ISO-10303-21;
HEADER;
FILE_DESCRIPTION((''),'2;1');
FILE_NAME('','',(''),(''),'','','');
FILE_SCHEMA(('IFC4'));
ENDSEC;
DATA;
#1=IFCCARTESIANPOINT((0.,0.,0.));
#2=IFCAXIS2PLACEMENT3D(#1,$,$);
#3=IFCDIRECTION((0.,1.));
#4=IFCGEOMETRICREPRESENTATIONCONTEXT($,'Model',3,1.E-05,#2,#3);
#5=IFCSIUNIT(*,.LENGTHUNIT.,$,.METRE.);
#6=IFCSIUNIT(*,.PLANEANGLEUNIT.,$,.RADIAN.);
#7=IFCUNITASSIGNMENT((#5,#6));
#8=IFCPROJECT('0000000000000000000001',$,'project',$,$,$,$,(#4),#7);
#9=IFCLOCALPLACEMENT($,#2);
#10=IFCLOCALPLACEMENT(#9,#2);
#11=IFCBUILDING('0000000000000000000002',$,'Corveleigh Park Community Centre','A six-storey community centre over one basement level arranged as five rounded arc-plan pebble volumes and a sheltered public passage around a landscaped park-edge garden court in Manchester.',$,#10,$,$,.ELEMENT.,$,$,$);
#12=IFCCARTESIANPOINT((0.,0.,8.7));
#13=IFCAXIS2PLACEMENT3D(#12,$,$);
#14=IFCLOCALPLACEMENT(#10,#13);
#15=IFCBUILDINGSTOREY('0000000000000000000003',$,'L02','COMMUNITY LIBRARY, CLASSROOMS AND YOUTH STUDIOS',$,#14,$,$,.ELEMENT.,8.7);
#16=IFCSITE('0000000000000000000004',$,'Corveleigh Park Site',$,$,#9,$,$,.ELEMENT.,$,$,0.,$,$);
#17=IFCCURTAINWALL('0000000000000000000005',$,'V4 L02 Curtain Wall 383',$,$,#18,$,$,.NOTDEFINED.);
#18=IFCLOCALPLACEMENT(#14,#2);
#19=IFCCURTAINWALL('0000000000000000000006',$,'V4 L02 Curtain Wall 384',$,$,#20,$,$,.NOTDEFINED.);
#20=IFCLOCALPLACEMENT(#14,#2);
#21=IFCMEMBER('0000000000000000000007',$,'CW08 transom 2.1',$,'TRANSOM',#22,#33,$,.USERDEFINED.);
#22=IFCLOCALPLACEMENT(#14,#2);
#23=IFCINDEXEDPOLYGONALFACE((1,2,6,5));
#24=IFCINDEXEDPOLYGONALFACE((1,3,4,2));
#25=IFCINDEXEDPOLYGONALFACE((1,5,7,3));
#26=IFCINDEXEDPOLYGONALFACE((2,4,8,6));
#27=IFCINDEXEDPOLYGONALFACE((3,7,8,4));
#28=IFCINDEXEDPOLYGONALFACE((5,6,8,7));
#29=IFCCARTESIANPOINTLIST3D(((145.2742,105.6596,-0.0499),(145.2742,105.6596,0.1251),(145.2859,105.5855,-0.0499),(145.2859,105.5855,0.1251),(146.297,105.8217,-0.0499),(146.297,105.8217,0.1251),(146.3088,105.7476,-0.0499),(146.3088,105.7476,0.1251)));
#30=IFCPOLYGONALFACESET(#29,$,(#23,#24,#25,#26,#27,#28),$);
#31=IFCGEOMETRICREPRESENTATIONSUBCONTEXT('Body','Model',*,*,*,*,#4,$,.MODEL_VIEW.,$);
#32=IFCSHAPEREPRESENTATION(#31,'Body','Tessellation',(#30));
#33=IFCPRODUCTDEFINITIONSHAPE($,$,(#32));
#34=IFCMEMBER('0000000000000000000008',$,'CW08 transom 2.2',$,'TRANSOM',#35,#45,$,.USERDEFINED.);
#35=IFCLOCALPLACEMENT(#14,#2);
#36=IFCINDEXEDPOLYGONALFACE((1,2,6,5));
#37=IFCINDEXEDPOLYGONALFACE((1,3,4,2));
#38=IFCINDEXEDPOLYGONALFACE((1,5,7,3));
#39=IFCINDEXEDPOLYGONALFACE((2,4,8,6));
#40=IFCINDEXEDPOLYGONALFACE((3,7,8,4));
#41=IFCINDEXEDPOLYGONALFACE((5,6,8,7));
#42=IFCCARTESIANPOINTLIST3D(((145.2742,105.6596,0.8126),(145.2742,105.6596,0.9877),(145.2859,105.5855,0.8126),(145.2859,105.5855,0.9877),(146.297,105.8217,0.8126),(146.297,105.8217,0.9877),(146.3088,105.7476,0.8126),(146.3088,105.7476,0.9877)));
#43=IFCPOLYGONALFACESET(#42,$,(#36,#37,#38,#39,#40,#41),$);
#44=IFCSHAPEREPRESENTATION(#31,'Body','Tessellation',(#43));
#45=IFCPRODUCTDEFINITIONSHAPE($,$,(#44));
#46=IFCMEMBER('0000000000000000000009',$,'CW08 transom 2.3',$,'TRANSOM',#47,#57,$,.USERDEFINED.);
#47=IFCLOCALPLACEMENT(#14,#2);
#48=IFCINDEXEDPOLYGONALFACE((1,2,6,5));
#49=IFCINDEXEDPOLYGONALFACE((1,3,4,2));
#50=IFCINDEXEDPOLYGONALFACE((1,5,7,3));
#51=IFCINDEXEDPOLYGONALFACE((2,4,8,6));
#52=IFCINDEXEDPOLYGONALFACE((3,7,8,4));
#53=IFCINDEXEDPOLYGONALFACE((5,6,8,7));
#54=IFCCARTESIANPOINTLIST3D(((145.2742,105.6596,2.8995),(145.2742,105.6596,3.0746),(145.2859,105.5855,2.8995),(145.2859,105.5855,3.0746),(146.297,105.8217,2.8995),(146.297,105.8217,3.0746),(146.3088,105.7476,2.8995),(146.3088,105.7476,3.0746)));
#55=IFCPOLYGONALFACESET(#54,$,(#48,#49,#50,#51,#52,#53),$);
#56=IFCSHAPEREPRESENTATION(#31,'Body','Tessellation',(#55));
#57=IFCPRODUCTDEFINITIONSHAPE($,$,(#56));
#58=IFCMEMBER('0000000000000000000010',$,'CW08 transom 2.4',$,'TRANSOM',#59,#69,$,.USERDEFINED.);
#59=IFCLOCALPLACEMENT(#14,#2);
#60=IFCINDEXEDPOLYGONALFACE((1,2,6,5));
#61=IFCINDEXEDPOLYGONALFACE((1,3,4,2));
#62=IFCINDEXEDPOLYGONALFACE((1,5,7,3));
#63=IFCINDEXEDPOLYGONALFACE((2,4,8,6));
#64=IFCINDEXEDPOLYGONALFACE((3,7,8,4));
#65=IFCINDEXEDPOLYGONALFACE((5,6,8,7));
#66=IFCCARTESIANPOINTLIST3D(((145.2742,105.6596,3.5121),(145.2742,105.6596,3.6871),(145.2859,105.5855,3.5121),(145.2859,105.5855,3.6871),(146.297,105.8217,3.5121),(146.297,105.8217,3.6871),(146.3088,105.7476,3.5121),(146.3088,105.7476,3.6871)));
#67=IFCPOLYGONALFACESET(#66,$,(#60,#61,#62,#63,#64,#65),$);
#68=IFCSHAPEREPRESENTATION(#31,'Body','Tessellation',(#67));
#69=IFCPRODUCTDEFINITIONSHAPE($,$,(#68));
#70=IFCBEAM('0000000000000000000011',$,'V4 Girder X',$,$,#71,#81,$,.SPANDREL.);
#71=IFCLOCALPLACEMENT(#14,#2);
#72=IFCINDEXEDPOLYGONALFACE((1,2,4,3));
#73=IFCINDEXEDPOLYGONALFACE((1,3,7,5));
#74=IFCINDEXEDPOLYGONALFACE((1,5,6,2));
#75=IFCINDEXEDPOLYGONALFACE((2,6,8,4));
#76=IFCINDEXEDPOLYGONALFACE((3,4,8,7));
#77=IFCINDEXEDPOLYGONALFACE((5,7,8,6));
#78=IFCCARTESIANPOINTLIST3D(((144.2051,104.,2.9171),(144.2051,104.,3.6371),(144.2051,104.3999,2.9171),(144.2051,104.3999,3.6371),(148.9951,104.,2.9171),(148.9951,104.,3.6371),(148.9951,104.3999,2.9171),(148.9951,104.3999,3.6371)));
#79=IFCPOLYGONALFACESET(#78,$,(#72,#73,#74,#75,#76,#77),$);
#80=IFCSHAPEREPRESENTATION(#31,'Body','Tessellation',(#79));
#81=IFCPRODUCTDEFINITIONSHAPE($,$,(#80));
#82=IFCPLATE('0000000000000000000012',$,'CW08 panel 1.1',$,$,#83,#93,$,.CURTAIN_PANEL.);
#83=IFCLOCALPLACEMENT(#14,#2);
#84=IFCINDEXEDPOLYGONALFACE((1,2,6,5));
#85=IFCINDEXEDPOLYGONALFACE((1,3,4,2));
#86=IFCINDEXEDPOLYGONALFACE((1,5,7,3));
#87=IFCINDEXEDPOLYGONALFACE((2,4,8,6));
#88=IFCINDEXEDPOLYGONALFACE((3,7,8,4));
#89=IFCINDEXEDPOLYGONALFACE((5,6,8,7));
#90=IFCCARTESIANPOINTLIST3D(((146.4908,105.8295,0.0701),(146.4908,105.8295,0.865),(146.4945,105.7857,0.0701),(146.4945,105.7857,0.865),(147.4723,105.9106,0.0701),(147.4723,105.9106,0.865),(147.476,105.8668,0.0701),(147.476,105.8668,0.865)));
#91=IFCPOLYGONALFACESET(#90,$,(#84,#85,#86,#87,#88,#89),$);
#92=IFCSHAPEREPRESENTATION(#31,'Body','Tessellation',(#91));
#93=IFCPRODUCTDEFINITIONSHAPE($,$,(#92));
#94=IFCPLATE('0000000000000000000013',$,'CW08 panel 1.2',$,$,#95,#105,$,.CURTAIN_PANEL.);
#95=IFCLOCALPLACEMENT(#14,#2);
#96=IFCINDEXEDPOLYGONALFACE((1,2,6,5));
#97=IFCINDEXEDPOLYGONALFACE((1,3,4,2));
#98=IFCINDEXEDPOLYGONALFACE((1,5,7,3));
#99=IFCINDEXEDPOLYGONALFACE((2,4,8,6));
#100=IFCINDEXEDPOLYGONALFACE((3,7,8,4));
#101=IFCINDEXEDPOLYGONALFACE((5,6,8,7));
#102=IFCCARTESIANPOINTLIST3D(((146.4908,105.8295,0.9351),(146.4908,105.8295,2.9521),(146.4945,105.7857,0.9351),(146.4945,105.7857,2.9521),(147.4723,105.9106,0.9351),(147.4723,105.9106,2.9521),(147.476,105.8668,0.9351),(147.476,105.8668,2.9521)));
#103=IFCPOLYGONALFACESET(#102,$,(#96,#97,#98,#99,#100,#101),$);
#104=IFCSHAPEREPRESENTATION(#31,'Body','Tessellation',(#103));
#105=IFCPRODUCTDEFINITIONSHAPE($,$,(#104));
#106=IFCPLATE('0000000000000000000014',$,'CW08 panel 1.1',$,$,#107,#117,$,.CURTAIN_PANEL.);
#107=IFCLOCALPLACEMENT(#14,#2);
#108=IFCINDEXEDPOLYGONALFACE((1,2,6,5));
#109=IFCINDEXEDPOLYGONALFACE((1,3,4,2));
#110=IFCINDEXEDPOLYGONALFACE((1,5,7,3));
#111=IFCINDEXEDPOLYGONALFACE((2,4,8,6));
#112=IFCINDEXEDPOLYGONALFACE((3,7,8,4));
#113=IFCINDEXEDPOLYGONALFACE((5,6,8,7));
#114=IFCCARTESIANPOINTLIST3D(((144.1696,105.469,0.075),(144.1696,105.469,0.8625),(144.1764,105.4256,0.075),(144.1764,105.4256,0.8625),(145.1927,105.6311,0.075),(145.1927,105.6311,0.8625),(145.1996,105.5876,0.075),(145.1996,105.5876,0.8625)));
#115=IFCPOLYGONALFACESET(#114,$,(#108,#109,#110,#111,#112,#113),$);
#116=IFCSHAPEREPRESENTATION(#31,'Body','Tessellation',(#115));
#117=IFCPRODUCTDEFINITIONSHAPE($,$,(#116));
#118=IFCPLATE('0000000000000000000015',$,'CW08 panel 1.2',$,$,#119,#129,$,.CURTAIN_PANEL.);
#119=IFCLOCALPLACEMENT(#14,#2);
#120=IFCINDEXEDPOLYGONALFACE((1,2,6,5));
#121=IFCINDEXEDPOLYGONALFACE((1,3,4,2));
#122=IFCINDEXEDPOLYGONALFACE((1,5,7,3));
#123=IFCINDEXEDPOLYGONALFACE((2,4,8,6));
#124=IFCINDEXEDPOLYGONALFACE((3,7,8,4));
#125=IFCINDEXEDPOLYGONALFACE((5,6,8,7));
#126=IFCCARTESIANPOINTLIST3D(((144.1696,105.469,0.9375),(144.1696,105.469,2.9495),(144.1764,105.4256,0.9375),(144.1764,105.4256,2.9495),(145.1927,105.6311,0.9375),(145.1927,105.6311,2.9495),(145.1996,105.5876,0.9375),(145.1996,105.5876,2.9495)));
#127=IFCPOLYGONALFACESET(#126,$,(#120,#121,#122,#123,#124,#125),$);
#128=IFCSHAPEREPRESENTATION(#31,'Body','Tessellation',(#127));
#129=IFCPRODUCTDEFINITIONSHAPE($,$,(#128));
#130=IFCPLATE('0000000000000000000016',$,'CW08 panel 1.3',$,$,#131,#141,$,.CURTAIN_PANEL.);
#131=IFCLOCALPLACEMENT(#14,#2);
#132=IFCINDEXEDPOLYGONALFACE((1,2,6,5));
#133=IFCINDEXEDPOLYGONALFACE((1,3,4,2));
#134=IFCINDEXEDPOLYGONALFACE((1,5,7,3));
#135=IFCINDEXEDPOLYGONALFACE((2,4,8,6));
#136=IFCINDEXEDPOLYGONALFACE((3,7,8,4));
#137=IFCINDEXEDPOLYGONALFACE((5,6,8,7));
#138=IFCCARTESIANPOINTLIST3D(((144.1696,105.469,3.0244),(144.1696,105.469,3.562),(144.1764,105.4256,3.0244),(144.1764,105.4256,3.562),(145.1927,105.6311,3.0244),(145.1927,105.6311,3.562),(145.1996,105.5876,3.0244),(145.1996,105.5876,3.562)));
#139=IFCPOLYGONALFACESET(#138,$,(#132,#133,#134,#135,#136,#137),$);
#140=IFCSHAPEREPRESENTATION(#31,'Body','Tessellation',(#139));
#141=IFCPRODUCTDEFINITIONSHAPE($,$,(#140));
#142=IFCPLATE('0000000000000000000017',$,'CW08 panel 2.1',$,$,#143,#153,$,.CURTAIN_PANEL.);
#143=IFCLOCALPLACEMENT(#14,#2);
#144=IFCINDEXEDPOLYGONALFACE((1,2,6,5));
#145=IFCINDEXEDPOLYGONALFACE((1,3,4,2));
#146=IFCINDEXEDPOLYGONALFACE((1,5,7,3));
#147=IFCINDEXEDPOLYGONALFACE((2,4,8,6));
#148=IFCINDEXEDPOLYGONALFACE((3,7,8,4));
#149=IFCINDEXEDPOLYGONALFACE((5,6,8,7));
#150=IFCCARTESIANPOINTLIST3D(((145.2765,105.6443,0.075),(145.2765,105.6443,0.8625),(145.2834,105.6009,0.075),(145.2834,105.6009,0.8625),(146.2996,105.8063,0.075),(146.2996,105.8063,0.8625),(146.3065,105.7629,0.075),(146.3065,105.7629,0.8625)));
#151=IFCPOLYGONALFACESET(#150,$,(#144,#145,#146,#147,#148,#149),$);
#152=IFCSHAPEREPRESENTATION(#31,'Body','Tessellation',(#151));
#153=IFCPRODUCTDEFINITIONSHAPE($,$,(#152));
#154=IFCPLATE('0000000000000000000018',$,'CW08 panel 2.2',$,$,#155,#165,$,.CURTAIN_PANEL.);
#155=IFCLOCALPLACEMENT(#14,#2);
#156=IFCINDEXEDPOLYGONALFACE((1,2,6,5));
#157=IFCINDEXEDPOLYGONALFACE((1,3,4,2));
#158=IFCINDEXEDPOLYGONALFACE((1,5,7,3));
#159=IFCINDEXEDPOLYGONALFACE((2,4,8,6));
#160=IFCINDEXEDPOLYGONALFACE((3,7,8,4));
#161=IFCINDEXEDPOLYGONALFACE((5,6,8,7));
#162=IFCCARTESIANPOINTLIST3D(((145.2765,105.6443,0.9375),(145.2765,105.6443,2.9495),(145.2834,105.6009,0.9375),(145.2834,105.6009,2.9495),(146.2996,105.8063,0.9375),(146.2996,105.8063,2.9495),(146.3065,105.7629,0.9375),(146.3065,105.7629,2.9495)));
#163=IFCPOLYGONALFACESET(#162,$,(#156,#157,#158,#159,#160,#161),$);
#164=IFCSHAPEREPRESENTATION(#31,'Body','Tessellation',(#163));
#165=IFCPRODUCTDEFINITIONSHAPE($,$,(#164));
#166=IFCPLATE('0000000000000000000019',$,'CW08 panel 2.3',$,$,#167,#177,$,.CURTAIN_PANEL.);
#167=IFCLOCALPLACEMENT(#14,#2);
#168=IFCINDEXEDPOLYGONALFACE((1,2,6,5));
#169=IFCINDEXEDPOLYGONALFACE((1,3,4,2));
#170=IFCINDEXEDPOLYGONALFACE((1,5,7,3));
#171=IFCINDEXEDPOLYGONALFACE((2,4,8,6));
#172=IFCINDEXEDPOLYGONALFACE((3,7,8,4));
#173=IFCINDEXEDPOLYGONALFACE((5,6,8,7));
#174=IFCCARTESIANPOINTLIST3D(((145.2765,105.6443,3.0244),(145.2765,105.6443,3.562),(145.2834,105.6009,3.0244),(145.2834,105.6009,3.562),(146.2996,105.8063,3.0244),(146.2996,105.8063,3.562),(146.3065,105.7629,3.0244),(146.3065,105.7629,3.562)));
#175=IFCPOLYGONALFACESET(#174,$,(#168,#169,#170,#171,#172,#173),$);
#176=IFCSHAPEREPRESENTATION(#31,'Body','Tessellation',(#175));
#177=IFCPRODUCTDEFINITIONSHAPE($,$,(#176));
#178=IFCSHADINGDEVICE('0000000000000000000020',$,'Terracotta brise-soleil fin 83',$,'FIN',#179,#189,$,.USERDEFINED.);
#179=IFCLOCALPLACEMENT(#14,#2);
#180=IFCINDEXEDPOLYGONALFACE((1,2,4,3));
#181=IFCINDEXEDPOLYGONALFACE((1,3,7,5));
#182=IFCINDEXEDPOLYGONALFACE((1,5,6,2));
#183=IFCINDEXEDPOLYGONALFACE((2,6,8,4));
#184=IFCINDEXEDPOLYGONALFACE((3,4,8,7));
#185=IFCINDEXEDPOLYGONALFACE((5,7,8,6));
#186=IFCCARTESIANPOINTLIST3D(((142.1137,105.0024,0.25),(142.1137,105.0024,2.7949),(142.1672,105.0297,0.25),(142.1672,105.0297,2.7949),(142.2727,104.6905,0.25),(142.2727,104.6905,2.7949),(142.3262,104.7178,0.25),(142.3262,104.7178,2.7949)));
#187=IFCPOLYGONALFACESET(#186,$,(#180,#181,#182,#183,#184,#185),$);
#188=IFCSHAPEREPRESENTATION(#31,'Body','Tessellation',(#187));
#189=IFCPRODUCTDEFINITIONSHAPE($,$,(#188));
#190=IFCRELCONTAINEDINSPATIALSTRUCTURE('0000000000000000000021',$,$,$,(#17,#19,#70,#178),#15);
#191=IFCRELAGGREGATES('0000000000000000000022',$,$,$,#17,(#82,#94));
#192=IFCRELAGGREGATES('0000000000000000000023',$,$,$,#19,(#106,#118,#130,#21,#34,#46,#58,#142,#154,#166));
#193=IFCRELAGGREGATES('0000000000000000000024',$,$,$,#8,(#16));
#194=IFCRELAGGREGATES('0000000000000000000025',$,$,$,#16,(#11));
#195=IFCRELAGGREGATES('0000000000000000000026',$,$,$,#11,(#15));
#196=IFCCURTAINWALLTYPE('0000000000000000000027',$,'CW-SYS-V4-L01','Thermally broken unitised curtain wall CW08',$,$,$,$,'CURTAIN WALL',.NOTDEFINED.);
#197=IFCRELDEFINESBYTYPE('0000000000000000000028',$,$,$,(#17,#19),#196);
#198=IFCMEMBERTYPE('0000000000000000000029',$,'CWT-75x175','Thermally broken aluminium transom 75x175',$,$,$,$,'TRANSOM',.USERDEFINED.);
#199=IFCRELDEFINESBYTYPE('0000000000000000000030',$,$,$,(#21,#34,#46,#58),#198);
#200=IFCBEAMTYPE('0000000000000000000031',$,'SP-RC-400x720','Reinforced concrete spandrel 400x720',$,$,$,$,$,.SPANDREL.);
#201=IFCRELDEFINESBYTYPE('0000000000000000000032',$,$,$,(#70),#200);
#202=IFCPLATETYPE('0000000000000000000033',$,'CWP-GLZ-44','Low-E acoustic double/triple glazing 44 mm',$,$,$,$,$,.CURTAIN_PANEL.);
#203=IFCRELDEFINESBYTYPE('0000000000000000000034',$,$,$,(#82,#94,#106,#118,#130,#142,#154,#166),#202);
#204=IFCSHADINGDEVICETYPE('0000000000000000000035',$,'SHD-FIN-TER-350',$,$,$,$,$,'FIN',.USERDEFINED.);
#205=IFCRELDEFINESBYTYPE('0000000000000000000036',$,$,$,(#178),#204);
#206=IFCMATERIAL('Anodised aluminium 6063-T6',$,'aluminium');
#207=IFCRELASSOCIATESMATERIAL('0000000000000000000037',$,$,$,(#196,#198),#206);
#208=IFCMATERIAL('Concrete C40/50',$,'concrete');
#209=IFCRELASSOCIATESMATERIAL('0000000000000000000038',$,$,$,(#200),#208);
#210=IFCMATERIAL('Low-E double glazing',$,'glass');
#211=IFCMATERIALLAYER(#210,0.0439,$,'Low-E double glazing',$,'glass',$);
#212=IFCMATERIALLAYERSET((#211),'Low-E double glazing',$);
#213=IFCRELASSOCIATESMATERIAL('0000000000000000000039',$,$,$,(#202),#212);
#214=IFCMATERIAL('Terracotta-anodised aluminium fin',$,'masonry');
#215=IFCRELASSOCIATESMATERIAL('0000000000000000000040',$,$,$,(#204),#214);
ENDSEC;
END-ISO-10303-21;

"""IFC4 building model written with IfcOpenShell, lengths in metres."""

from ifc_helpers import new_model, si_unit, direction, frame, origin, origin_2d, place, context, subcontext, project, spatial, rectangle, extrude, material, layer, layer_set, material_profile, profile_set, type_object, element, aggregate, save


model = new_model("IFC4")

# Units and contexts
model_context = context("Model", 3, precision=1e-05, world=origin(), true_north=direction((0.0, 1.0)))
body_context = subcontext(model_context, "Body", "Model", "MODEL_VIEW")
ifc_project = project(units=[si_unit("LENGTHUNIT", "METRE"), si_unit("PLANEANGLEUNIT", "RADIAN")], contexts=[model_context])

# Site, building, storey
site_placement = place(None, origin())
site = spatial("IfcSite", under=ifc_project, at=site_placement, Name="Corveleigh Park Site", CompositionType="ELEMENT", RefElevation=0.0)
building_placement = place(site_placement, origin())
building = spatial("IfcBuilding", under=site, at=building_placement, Name="Corveleigh Park Community Centre", Description="A six-storey community centre over one basement level arranged as five rounded arc-plan pebble volumes and a sheltered public passage around a landscaped park-edge garden court in Manchester.", CompositionType="ELEMENT")
storey_placement = place(building_placement, frame((0.0, 0.0, 8.7)))
storey = spatial("IfcBuildingStorey", under=building, at=storey_placement, Name="L02", Description="COMMUNITY LIBRARY, CLASSROOMS AND YOUTH STUDIOS", CompositionType="ELEMENT", Elevation=8.7)

# Curtain wall
ifc_material_1 = material(Name="Anodised aluminium 6063-T6", Category="aluminium")
curtain_wall_type = type_object("IfcCurtainWallType", Name="CW-SYS-V4-L01", Description="Thermally broken unitised curtain wall CW08", ElementType="CURTAIN WALL", PredefinedType="NOTDEFINED", material=ifc_material_1)
curtain_wall_1_placement = place(storey_placement, origin())
curtain_wall_1 = element("IfcCurtainWall", 1, at=curtain_wall_1_placement, inside=storey, type_object=curtain_wall_type, Name="V4 L02 Curtain Wall 383", PredefinedType="NOTDEFINED")

# Curtain wall
curtain_wall_2_placement = place(storey_placement, origin())
curtain_wall_2 = element("IfcCurtainWall", 2, at=curtain_wall_2_placement, inside=storey, type_object=curtain_wall_type, Name="V4 L02 Curtain Wall 384", PredefinedType="NOTDEFINED")

# Members
ifc_material_profile_1 = material_profile(ifc_material_1, rectangle(XDim=0.075, YDim=0.175, at=origin_2d()), Name="ALU-T75x175", Category="aluminium")
ifc_profile_set_1 = profile_set([ifc_material_profile_1], Name="Anodised aluminium 6063-T6")
member_type_1 = type_object("IfcMemberType", Name="CWT-75x175", Description="Thermally broken aluminium transom 75x175", ElementType="TRANSOM", PredefinedType="USERDEFINED", material=ifc_profile_set_1)
member_1_placement = place(storey_placement, frame((145.28, 105.6226, 0.0376), z_axis=(0.987675, 0.156519, 0.0), x_axis=(-0.156519, 0.987675, 0.0)))
member_1 = element("IfcMember", 3, at=member_1_placement, type_object=member_type_1, Name="CW08 transom 2.1", ObjectType="TRANSOM", PredefinedType="USERDEFINED", context=body_context, shape_type="SweptSolid", body=[
    extrude(rectangle(XDim=0.075, YDim=0.175, at=origin_2d()), origin(), (0.0, 0.0, 1.0), 1.0356),
])
member_2_placement = place(storey_placement, frame((145.28, 105.6226, 0.9001), z_axis=(0.987675, 0.156519, 0.0), x_axis=(-0.156519, 0.987675, 0.0)))
member_2 = element("IfcMember", 4, at=member_2_placement, type_object=member_type_1, Name="CW08 transom 2.2", ObjectType="TRANSOM", PredefinedType="USERDEFINED", context=body_context, shape_type="SweptSolid", body=[
    extrude(rectangle(XDim=0.075, YDim=0.175, at=origin_2d()), origin(), (0.0, 0.0, 1.0), 1.0356),
])
member_3_placement = place(storey_placement, frame((145.28, 105.6226, 2.9871), z_axis=(0.987675, 0.156519, 0.0), x_axis=(-0.156519, 0.987675, 0.0)))
member_3 = element("IfcMember", 5, at=member_3_placement, type_object=member_type_1, Name="CW08 transom 2.3", ObjectType="TRANSOM", PredefinedType="USERDEFINED", context=body_context, shape_type="SweptSolid", body=[
    extrude(rectangle(XDim=0.075, YDim=0.175, at=origin_2d()), origin(), (0.0, 0.0, 1.0), 1.0356),
])
member_4_placement = place(storey_placement, frame((145.28, 105.6226, 3.5996), z_axis=(0.987675, 0.156519, 0.0), x_axis=(-0.156519, 0.987675, 0.0)))
member_4 = element("IfcMember", 6, at=member_4_placement, type_object=member_type_1, Name="CW08 transom 2.4", ObjectType="TRANSOM", PredefinedType="USERDEFINED", context=body_context, shape_type="SweptSolid", body=[
    extrude(rectangle(XDim=0.075, YDim=0.175, at=origin_2d()), origin(), (0.0, 0.0, 1.0), 1.0356),
])

# Beam
ifc_material_2 = material(Name="Concrete C40/50", Category="concrete")
ifc_material_profile_2 = material_profile(ifc_material_2, rectangle(XDim=0.3999, YDim=0.72, at=origin_2d()), Name="RC-400x720", Category="concrete")
ifc_profile_set_2 = profile_set([ifc_material_profile_2], Name="Concrete C40/50")
beam_type = type_object("IfcBeamType", Name="SP-RC-400x720", Description="Reinforced concrete spandrel 400x720", PredefinedType="SPANDREL", material=ifc_profile_set_2)
beam_placement = place(storey_placement, frame((144.2051, 104.2, 3.2771), z_axis=(1.0, 0.0, 0.0), x_axis=(0.0, 1.0, 0.0)))
element("IfcBeam", 7, at=beam_placement, inside=storey, type_object=beam_type, Name="V4 Girder X", PredefinedType="SPANDREL", context=body_context, shape_type="SweptSolid", body=[
    extrude(rectangle(XDim=0.3999, YDim=0.72, at=origin_2d()), origin(), (0.0, 0.0, 1.0), 4.79),
])

# Plates
ifc_material_3 = material(Name="Low-E double glazing", Category="glass")
ifc_layer = layer(ifc_material_3, 0.0439, Name="Low-E double glazing", Category="glass")
ifc_layer_set = layer_set([ifc_layer], Name="Low-E double glazing")
plate_type = type_object("IfcPlateType", Name="CWP-GLZ-44", Description="Low-E acoustic double/triple glazing 44 mm", PredefinedType="CURTAIN_PANEL", material=ifc_layer_set)
plate_1_placement = place(storey_placement, frame((146.9834, 105.8481, 0.0701), z_axis=(0.0, 0.0, 1.0), x_axis=(0.996602, 0.082371, 0.0)))
plate_1 = element("IfcPlate", 8, at=plate_1_placement, type_object=plate_type, Name="CW08 panel 1.1", PredefinedType="CURTAIN_PANEL", context=body_context, shape_type="SweptSolid", body=[
    extrude(rectangle(XDim=0.9849, YDim=0.0439, at=origin_2d()), origin(), (0.0, 0.0, 1.0), 0.7949),
])
plate_2_placement = place(storey_placement, frame((146.9834, 105.8481, 0.9351), z_axis=(0.0, 0.0, 1.0), x_axis=(0.996602, 0.082371, 0.0)))
plate_2 = element("IfcPlate", 9, at=plate_2_placement, type_object=plate_type, Name="CW08 panel 1.2", PredefinedType="CURTAIN_PANEL", context=body_context, shape_type="SweptSolid", body=[
    extrude(rectangle(XDim=0.9849, YDim=0.0439, at=origin_2d()), origin(), (0.0, 0.0, 1.0), 2.0171),
])
aggregate(curtain_wall_1, [plate_1, plate_2])
plate_3_placement = place(storey_placement, frame((144.6846, 105.5283, 0.075), z_axis=(0.0, 0.0, 1.0), x_axis=(0.987686, 0.156448, 0.0)))
plate_3 = element("IfcPlate", 10, at=plate_3_placement, type_object=plate_type, Name="CW08 panel 1.1", PredefinedType="CURTAIN_PANEL", context=body_context, shape_type="SweptSolid", body=[
    extrude(rectangle(XDim=1.0359, YDim=0.0439, at=origin_2d()), origin(), (0.0, 0.0, 1.0), 0.7876),
])
plate_4_placement = place(storey_placement, frame((144.6846, 105.5283, 0.9375), z_axis=(0.0, 0.0, 1.0), x_axis=(0.987686, 0.156448, 0.0)))
plate_4 = element("IfcPlate", 11, at=plate_4_placement, type_object=plate_type, Name="CW08 panel 1.2", PredefinedType="CURTAIN_PANEL", context=body_context, shape_type="SweptSolid", body=[
    extrude(rectangle(XDim=1.0359, YDim=0.0439, at=origin_2d()), origin(), (0.0, 0.0, 1.0), 2.012),
])
plate_5_placement = place(storey_placement, frame((144.6846, 105.5283, 3.0244), z_axis=(0.0, 0.0, 1.0), x_axis=(0.987686, 0.156448, 0.0)))
plate_5 = element("IfcPlate", 12, at=plate_5_placement, type_object=plate_type, Name="CW08 panel 1.3", PredefinedType="CURTAIN_PANEL", context=body_context, shape_type="SweptSolid", body=[
    extrude(rectangle(XDim=1.0359, YDim=0.0439, at=origin_2d()), origin(), (0.0, 0.0, 1.0), 0.5376),
])
plate_6_placement = place(storey_placement, frame((145.7915, 105.7036, 0.075), z_axis=(0.0, 0.0, 1.0), x_axis=(0.987686, 0.156448, 0.0)))
plate_6 = element("IfcPlate", 13, at=plate_6_placement, type_object=plate_type, Name="CW08 panel 2.1", PredefinedType="CURTAIN_PANEL", context=body_context, shape_type="SweptSolid", body=[
    extrude(rectangle(XDim=1.0359, YDim=0.0439, at=origin_2d()), origin(), (0.0, 0.0, 1.0), 0.7876),
])
plate_7_placement = place(storey_placement, frame((145.7915, 105.7036, 0.9375), z_axis=(0.0, 0.0, 1.0), x_axis=(0.987686, 0.156448, 0.0)))
plate_7 = element("IfcPlate", 14, at=plate_7_placement, type_object=plate_type, Name="CW08 panel 2.2", PredefinedType="CURTAIN_PANEL", context=body_context, shape_type="SweptSolid", body=[
    extrude(rectangle(XDim=1.0359, YDim=0.0439, at=origin_2d()), origin(), (0.0, 0.0, 1.0), 2.012),
])
plate_8_placement = place(storey_placement, frame((145.7915, 105.7036, 3.0244), z_axis=(0.0, 0.0, 1.0), x_axis=(0.987686, 0.156448, 0.0)))
plate_8 = element("IfcPlate", 15, at=plate_8_placement, type_object=plate_type, Name="CW08 panel 2.3", PredefinedType="CURTAIN_PANEL", context=body_context, shape_type="SweptSolid", body=[
    extrude(rectangle(XDim=1.0359, YDim=0.0439, at=origin_2d()), origin(), (0.0, 0.0, 1.0), 0.5376),
])
aggregate(curtain_wall_2, [plate_3, plate_4, plate_5, member_1, member_2, member_3, member_4, plate_6, plate_7, plate_8])

# Shading device
ifc_material_4 = material(Name="Terracotta-anodised aluminium fin", Category="masonry")
shading_device_type = type_object("IfcShadingDeviceType", Name="SHD-FIN-TER-350", ElementType="FIN", PredefinedType="USERDEFINED", material=ifc_material_4)
shading_device_placement = place(storey_placement, frame((142.22, 104.8601, 0.25), z_axis=(0.0, 0.0, 1.0), x_axis=(-0.454154, 0.890923, 0.0)))
element("IfcShadingDevice", 16, at=shading_device_placement, inside=storey, type_object=shading_device_type, Name="Terracotta brise-soleil fin 83", ObjectType="FIN", PredefinedType="USERDEFINED", context=body_context, shape_type="SweptSolid", body=[
    extrude(rectangle(XDim=0.3501, YDim=0.0601, at=origin_2d()), origin(), (0.0, 0.0, 1.0), 2.5449),
])

save(model, "model.ifc")
